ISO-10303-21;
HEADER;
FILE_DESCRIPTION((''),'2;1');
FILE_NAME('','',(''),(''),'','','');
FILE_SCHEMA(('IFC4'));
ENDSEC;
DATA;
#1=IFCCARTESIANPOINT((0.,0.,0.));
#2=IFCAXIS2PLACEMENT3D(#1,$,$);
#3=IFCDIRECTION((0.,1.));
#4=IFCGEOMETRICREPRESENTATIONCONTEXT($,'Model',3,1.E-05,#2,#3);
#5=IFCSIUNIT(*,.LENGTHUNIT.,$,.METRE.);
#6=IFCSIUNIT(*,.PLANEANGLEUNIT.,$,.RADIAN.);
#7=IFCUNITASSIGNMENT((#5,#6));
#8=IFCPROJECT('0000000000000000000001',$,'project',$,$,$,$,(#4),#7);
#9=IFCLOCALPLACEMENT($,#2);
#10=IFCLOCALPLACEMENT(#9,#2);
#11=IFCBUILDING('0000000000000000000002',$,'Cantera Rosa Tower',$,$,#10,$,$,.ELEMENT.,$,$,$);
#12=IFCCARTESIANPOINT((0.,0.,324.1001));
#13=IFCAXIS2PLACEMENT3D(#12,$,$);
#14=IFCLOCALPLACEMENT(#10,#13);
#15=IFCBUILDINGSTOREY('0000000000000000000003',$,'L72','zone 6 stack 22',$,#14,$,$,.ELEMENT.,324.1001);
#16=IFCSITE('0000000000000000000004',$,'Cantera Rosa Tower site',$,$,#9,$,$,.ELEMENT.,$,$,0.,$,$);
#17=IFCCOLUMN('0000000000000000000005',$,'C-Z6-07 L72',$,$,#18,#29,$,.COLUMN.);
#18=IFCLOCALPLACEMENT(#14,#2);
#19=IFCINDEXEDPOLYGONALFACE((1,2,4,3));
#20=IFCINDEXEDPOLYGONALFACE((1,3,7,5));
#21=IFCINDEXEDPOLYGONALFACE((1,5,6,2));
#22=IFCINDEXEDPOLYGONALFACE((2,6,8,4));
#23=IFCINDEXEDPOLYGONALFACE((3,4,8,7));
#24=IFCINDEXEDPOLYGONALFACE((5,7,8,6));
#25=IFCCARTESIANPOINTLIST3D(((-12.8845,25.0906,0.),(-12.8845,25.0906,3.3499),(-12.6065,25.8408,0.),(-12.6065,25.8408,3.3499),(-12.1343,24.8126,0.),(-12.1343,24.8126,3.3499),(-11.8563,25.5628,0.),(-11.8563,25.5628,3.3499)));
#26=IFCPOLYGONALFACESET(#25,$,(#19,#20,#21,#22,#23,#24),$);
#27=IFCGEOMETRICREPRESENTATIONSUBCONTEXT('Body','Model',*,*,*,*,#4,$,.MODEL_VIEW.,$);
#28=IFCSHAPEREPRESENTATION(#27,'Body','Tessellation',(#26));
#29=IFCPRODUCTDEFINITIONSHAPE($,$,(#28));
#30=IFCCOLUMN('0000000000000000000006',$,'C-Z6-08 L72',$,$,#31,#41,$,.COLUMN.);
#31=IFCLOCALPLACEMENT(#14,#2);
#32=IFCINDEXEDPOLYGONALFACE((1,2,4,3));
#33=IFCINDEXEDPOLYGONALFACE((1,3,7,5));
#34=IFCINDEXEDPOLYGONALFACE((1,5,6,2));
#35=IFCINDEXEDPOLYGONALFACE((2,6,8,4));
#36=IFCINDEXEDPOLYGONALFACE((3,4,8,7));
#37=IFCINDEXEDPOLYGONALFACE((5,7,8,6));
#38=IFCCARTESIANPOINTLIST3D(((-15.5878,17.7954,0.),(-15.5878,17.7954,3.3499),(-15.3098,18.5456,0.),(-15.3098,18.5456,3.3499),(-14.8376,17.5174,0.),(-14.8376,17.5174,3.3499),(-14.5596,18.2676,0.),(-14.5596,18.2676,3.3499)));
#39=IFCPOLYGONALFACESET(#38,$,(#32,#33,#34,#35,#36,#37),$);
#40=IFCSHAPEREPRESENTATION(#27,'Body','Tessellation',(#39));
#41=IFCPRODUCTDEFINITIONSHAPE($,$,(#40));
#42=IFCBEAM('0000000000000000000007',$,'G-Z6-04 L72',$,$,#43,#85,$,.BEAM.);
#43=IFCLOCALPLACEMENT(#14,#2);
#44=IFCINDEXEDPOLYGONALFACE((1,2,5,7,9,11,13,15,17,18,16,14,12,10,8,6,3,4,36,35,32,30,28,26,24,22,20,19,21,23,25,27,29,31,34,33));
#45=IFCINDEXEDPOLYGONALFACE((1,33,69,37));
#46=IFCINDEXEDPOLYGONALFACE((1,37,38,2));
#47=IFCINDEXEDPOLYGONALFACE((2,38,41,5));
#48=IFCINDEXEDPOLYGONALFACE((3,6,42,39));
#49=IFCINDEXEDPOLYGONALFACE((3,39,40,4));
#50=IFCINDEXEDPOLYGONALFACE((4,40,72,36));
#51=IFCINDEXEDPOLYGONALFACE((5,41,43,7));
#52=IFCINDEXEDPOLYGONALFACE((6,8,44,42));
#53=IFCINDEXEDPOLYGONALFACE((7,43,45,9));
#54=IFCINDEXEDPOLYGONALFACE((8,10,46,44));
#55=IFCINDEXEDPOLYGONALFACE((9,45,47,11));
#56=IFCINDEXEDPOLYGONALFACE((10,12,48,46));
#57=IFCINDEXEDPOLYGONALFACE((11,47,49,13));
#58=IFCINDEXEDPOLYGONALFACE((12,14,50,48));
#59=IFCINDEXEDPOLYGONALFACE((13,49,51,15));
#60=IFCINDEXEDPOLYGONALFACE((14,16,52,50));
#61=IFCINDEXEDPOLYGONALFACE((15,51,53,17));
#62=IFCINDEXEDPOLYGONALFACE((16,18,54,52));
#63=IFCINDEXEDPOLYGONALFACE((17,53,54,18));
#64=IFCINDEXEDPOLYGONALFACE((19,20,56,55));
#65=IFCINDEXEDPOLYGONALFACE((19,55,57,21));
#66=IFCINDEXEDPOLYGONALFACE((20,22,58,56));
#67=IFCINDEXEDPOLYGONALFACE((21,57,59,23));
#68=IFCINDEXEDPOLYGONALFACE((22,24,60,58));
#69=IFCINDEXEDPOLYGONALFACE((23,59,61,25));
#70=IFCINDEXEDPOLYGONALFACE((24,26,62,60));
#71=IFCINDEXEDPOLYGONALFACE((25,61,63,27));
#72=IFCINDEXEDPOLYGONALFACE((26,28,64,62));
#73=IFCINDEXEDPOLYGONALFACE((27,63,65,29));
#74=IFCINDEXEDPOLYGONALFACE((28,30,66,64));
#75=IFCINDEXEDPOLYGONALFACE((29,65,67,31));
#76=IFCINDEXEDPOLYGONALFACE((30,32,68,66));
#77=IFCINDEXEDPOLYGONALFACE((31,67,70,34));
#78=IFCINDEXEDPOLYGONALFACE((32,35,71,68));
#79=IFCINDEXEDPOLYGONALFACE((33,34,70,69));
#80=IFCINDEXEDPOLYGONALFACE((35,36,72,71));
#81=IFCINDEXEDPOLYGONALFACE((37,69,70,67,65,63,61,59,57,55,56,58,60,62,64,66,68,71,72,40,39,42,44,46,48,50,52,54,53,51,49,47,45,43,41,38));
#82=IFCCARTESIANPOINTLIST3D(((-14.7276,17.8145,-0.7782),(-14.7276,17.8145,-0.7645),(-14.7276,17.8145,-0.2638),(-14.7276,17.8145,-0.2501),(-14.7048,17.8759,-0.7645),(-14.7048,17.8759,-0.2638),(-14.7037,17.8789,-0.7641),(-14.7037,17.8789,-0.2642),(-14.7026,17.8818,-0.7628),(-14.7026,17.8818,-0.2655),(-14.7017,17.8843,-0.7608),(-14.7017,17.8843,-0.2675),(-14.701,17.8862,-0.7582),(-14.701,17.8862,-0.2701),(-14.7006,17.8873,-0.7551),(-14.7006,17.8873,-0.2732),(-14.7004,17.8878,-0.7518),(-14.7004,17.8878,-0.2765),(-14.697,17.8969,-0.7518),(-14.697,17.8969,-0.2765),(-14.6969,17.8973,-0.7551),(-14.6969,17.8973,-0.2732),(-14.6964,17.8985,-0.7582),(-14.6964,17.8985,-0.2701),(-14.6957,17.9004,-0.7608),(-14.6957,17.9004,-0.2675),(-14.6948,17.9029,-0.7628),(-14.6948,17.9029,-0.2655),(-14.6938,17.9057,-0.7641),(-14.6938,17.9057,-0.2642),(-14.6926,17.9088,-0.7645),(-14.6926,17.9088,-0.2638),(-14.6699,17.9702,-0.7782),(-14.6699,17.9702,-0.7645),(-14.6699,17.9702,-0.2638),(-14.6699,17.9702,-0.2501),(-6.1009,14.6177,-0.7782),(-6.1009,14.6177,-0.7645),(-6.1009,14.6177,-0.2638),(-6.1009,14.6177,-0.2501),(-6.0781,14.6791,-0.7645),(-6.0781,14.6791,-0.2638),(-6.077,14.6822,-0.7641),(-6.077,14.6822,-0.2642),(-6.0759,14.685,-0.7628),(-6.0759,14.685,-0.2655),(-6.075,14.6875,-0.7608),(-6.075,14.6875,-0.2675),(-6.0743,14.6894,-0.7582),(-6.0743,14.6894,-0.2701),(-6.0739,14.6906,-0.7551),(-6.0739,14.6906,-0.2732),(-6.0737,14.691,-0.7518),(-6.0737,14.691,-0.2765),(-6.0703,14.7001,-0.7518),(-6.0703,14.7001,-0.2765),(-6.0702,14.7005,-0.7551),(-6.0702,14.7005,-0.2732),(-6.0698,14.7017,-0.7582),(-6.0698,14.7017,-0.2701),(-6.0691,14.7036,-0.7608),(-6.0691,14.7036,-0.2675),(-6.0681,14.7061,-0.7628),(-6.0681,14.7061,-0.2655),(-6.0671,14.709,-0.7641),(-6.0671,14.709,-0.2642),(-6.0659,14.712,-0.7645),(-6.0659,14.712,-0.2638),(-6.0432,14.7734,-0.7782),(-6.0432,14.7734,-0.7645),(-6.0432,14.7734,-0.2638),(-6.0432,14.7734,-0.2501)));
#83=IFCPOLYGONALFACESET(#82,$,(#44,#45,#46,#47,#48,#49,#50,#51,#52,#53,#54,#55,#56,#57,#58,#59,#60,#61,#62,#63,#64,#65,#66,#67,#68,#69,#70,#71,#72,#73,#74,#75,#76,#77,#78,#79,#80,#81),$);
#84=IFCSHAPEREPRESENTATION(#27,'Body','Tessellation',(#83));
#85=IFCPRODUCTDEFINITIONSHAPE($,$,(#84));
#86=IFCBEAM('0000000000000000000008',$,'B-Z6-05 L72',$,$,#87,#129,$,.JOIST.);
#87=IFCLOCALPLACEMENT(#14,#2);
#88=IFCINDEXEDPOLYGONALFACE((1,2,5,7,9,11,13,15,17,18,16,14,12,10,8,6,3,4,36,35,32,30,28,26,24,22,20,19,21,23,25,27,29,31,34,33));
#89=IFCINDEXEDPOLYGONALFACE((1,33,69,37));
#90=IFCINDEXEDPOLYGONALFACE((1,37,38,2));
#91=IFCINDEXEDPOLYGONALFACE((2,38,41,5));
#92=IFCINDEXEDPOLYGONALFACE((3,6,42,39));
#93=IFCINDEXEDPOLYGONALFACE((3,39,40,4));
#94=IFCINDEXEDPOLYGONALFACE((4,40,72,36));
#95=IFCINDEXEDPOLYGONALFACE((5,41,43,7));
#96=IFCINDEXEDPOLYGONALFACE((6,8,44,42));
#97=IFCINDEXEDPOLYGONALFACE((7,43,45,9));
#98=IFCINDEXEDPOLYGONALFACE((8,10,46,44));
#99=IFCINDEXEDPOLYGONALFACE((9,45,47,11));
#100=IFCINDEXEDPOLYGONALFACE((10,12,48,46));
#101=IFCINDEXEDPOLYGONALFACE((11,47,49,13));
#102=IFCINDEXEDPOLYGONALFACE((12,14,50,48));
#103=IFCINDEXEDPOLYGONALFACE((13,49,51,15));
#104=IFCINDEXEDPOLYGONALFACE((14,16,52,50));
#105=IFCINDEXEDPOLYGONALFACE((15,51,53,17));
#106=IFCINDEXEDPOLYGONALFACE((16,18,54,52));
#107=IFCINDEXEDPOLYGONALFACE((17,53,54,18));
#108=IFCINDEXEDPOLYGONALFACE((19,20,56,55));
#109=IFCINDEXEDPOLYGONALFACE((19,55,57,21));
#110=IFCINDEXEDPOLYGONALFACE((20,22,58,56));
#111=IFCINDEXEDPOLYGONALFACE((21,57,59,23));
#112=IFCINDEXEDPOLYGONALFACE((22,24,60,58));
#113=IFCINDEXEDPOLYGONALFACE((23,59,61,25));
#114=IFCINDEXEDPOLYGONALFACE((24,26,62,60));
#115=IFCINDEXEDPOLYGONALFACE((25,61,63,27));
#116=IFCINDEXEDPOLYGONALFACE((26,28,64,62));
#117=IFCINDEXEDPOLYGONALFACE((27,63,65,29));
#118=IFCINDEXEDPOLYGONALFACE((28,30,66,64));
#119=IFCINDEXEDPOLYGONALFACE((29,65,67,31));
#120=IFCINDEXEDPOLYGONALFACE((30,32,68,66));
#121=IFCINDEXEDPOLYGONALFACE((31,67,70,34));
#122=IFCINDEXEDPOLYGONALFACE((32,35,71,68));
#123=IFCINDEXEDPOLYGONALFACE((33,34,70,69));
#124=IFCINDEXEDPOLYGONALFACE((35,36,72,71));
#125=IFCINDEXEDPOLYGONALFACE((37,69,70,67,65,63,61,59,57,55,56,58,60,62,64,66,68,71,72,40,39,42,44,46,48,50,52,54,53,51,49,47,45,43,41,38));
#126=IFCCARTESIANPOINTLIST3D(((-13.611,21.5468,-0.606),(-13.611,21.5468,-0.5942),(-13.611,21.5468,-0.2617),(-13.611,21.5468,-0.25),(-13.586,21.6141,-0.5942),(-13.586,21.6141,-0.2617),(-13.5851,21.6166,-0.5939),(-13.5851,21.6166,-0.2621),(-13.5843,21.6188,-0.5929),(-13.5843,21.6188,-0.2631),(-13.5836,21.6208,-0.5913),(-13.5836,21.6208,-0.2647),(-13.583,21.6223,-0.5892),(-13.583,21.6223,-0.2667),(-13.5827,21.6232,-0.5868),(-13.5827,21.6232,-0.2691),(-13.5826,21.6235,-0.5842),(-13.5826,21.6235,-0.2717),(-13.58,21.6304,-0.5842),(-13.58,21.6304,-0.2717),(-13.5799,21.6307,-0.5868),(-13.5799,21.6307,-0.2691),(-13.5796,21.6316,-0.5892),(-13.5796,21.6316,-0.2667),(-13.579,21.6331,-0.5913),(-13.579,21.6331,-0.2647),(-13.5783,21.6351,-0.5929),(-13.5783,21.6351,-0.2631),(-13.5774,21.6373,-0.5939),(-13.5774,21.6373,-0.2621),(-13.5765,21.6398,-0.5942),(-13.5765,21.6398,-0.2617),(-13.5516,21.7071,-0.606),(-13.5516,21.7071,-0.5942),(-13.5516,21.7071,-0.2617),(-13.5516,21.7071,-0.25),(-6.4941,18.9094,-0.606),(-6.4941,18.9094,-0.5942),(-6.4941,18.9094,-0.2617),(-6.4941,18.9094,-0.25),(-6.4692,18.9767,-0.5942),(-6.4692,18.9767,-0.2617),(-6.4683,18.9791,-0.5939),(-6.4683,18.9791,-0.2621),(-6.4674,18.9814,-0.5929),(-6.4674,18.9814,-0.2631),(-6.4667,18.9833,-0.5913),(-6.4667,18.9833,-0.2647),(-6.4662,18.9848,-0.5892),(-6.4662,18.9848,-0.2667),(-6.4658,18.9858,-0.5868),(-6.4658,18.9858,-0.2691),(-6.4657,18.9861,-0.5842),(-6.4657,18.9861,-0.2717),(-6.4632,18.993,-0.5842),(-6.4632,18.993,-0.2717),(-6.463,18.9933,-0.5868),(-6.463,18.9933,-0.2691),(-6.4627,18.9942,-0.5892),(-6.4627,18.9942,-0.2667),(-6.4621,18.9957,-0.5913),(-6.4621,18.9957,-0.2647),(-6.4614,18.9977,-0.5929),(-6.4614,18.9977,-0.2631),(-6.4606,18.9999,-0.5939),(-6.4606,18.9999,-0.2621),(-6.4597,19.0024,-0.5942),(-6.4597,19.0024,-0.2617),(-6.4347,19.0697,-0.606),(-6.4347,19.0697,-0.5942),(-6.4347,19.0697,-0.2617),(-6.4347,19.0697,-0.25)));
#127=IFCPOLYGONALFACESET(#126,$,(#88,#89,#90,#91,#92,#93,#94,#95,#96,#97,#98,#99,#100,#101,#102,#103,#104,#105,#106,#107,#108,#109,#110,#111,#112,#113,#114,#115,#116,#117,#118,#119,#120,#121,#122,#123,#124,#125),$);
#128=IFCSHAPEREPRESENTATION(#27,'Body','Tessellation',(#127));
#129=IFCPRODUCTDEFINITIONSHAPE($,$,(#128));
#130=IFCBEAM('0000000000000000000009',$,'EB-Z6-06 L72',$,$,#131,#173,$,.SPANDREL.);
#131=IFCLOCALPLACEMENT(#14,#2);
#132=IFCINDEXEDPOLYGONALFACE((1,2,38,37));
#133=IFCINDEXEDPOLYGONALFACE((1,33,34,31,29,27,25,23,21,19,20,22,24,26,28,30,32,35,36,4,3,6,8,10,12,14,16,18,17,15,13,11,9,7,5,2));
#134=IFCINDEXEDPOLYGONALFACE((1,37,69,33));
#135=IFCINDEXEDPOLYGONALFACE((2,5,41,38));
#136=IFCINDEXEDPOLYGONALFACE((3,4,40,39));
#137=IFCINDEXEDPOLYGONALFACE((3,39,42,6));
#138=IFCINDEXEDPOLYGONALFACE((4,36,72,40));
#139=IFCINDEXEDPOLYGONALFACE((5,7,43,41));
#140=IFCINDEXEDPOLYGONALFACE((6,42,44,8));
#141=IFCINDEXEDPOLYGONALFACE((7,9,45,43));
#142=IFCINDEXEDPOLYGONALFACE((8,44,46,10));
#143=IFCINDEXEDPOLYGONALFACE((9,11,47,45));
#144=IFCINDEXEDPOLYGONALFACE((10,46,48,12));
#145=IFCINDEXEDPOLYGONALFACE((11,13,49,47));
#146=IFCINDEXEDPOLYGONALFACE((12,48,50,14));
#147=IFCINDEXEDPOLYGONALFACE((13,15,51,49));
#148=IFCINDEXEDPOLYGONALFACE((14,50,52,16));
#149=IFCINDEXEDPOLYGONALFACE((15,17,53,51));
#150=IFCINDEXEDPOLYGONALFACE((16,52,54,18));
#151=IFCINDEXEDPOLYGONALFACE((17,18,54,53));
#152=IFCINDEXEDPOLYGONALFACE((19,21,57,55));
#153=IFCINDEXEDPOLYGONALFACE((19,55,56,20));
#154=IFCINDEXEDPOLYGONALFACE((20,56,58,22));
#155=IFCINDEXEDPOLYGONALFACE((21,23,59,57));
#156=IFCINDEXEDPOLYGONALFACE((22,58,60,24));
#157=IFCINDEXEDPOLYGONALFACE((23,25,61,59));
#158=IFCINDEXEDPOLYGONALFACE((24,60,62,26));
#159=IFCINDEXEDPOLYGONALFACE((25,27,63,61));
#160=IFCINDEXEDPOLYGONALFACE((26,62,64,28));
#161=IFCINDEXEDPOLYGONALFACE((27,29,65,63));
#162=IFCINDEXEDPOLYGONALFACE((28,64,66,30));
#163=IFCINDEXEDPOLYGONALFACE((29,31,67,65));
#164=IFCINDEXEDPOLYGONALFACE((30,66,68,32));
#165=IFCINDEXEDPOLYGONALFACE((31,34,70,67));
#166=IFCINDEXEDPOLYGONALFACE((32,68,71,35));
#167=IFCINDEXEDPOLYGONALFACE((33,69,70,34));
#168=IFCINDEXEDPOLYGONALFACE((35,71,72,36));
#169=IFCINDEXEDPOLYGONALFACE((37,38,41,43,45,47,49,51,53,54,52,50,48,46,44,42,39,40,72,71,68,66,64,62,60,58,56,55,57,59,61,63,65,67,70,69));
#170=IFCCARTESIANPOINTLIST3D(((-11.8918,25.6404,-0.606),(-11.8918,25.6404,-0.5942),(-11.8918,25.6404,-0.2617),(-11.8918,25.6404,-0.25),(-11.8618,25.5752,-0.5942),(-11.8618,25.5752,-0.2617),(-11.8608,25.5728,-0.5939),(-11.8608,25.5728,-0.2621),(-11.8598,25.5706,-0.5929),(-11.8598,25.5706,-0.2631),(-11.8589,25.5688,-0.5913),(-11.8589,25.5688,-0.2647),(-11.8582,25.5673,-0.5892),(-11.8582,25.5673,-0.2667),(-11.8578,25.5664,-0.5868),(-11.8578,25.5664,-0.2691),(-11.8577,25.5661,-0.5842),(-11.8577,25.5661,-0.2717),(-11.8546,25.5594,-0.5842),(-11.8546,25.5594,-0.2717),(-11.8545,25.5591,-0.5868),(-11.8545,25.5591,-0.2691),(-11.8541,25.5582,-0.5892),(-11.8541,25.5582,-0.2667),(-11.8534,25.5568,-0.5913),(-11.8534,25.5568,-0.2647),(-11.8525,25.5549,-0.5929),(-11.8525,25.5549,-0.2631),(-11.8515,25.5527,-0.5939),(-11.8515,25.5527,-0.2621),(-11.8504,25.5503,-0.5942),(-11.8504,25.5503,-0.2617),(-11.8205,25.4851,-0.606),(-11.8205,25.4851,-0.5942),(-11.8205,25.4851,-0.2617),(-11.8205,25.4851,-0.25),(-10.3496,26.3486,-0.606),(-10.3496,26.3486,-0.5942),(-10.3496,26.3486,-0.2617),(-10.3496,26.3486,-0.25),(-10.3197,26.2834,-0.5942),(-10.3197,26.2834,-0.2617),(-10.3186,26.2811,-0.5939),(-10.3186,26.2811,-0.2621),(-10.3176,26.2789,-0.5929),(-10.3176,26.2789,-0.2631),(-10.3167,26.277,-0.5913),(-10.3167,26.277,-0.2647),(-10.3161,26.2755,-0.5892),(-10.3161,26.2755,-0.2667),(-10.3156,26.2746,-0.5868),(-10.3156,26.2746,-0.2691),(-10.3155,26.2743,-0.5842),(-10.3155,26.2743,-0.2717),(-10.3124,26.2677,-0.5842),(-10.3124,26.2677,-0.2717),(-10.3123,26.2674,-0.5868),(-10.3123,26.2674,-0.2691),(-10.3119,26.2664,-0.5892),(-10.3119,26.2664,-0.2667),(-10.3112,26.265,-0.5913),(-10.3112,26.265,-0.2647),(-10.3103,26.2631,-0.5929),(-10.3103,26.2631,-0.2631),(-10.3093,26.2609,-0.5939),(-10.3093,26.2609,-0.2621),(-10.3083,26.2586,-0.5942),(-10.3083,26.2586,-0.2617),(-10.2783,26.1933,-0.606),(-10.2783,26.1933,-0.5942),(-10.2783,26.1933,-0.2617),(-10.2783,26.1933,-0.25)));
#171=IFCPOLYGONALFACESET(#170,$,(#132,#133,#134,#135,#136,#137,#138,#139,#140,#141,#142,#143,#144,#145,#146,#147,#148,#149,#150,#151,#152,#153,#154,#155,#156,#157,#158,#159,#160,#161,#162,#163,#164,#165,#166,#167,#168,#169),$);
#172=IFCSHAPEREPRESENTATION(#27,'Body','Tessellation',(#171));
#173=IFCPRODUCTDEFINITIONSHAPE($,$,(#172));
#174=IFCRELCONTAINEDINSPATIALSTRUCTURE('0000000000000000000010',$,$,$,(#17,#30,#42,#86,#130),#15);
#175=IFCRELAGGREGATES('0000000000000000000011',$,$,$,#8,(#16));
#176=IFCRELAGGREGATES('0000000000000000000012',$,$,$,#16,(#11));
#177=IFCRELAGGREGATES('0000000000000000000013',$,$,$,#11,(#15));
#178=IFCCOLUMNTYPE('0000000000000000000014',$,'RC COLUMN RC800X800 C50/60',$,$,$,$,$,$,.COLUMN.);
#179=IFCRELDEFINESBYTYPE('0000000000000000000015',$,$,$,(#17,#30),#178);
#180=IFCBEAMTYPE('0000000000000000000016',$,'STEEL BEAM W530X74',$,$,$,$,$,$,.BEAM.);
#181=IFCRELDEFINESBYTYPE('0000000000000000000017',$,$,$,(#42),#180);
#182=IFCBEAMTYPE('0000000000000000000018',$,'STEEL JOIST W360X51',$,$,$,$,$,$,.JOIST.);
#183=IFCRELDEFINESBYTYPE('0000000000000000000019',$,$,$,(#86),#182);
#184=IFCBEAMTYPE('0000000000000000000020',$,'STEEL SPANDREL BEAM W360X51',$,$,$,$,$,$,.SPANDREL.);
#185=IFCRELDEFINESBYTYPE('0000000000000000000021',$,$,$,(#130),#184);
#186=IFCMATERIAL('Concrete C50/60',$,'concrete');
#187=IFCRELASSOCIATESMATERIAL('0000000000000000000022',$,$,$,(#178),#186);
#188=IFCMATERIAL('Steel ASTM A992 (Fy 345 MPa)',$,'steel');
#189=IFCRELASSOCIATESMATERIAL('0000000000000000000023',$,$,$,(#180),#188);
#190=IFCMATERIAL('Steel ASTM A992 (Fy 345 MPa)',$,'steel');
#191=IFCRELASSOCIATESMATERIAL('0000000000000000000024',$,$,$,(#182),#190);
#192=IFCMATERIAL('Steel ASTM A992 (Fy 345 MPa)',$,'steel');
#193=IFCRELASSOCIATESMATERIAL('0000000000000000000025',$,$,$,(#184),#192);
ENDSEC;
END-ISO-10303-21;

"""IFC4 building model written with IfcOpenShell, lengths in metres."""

from ifc_helpers import new_model, si_unit, direction, frame, origin, origin_2d, place, context, subcontext, project, spatial, rectangle, i_section, extrude, material, material_profile, profile_set, type_object, element, save


model = new_model("IFC4")

# Units and contexts
model_context = context("Model", 3, precision=1e-05, world=origin(), true_north=direction((0.0, 1.0)))
body_context = subcontext(model_context, "Body", "Model", "MODEL_VIEW")
ifc_project = project(units=[si_unit("LENGTHUNIT", "METRE"), si_unit("PLANEANGLEUNIT", "RADIAN")], contexts=[model_context])

# Site, building, storey
site_placement = place(None, origin())
site = spatial("IfcSite", under=ifc_project, at=site_placement, Name="Cantera Rosa Tower site", CompositionType="ELEMENT", RefElevation=0.0)
building_placement = place(site_placement, origin())
building = spatial("IfcBuilding", under=site, at=building_placement, Name="Cantera Rosa Tower", CompositionType="ELEMENT")
storey_placement = place(building_placement, frame((0.0, 0.0, 324.1001)))
storey = spatial("IfcBuildingStorey", under=building, at=storey_placement, Name="L72", Description="zone 6 stack 22", CompositionType="ELEMENT", Elevation=324.1001)

# Columns
ifc_material_1 = material(Name="Concrete C50/60", Category="concrete")
ifc_material_profile_1 = material_profile(ifc_material_1, rectangle(XDim=0.8, YDim=0.8, at=origin_2d()), Name="RC COLUMN RC800X800 C50/60")
ifc_profile_set_1 = profile_set([ifc_material_profile_1], Name="Concrete C50/60")
column_type = type_object("IfcColumnType", Name="RC COLUMN RC800X800 C50/60", PredefinedType="COLUMN", material=ifc_profile_set_1)
for number, where, z_axis, x_axis, name in (
    (1, (-12.3704, 25.3267, 0.0), (0.0, 0.0, 1.0), (0.347481, 0.937687, 0.0), "C-Z6-07 L72"),
    (2, (-15.0737, 18.0315, 0.0), (0.0, 0.0, 1.0), (0.347481, 0.937687, 0.0), "C-Z6-08 L72"),
):
    element("IfcColumn", number, at=place(storey_placement, frame(where, z_axis=z_axis, x_axis=x_axis)), inside=storey, type_object=column_type, Name=name, PredefinedType="COLUMN", context=body_context, shape_type="SweptSolid", body=[
        extrude(rectangle(XDim=0.8, YDim=0.8, at=origin_2d()), origin(), (0.0, 0.0, 1.0), 3.3499),
    ])

# Beams
ifc_material_2 = material(Name="Steel ASTM A992 (Fy 345 MPa)", Category="steel")
ifc_material_profile_2 = material_profile(ifc_material_2, i_section(OverallWidth=0.166, OverallDepth=0.5281, WebThickness=0.0098, FlangeThickness=0.0137, FilletRadius=0.0127, at=origin_2d()), Name="W530X74")
ifc_profile_set_2 = profile_set([ifc_material_profile_2], Name="Steel ASTM A992 (Fy 345 MPa)")
beam_type_1 = type_object("IfcBeamType", Name="STEEL BEAM W530X74", PredefinedType="BEAM", material=ifc_profile_set_2)
beam_1_placement = place(storey_placement, frame((-14.6987, 17.8923, -0.5142), z_axis=(0.937689, -0.347477, 0.0), x_axis=(0.347477, 0.937689, 0.0)))
element("IfcBeam", 3, at=beam_1_placement, inside=storey, type_object=beam_type_1, Name="G-Z6-04 L72", PredefinedType="BEAM", context=body_context, shape_type="SweptSolid", body=[
    extrude(i_section(OverallWidth=0.166, OverallDepth=0.5281, WebThickness=0.0098, FlangeThickness=0.0137, FilletRadius=0.0127, at=origin_2d()), origin(), (0.0, 0.0, 1.0), 9.2),
])
ifc_material_3 = material(Name="Steel ASTM A992 (Fy 345 MPa)", Category="steel")
ifc_material_profile_3 = material_profile(ifc_material_3, i_section(OverallWidth=0.1709, OverallDepth=0.356, WebThickness=0.0073, FlangeThickness=0.0117, FilletRadius=0.01, at=origin_2d()), Name="W360X51")
ifc_profile_set_3 = profile_set([ifc_material_profile_3], Name="Steel ASTM A992 (Fy 345 MPa)")
beam_type_2 = type_object("IfcBeamType", Name="STEEL JOIST W360X51", PredefinedType="JOIST", material=ifc_profile_set_3)
beam_2_placement = place(storey_placement, frame((-13.5813, 21.627, -0.428), z_axis=(0.937682, -0.347493, 0.0), x_axis=(0.347493, 0.937682, 0.0)))
element("IfcBeam", 4, at=beam_2_placement, inside=storey, type_object=beam_type_2, Name="B-Z6-05 L72", PredefinedType="JOIST", context=body_context, shape_type="SweptSolid", body=[
    extrude(i_section(OverallWidth=0.1709, OverallDepth=0.356, WebThickness=0.0073, FlangeThickness=0.0117, FilletRadius=0.01, at=origin_2d()), origin(), (0.0, 0.0, 1.0), 7.5898),
])
ifc_material_4 = material(Name="Steel ASTM A992 (Fy 345 MPa)", Category="steel")
ifc_material_profile_4 = material_profile(ifc_material_4, i_section(OverallWidth=0.1709, OverallDepth=0.356, WebThickness=0.0073, FlangeThickness=0.0117, FilletRadius=0.01, at=origin_2d()), Name="W360X51")
ifc_profile_set_4 = profile_set([ifc_material_profile_4], Name="Steel ASTM A992 (Fy 345 MPa)")
beam_type_3 = type_object("IfcBeamType", Name="STEEL SPANDREL BEAM W360X51", PredefinedType="SPANDREL", material=ifc_profile_set_4)
beam_3_placement = place(storey_placement, frame((-10.314, 26.271, -0.428), z_axis=(-0.908754, -0.417333, 0.0), x_axis=(0.417333, -0.908754, 0.0)))
element("IfcBeam", 5, at=beam_3_placement, inside=storey, type_object=beam_type_3, Name="EB-Z6-06 L72", PredefinedType="SPANDREL", context=body_context, shape_type="SweptSolid", body=[
    extrude(i_section(OverallWidth=0.1709, OverallDepth=0.356, WebThickness=0.0073, FlangeThickness=0.0117, FilletRadius=0.01, at=origin_2d()), origin(), (0.0, 0.0, 1.0), 1.697),
])

save(model, "model.ifc")
